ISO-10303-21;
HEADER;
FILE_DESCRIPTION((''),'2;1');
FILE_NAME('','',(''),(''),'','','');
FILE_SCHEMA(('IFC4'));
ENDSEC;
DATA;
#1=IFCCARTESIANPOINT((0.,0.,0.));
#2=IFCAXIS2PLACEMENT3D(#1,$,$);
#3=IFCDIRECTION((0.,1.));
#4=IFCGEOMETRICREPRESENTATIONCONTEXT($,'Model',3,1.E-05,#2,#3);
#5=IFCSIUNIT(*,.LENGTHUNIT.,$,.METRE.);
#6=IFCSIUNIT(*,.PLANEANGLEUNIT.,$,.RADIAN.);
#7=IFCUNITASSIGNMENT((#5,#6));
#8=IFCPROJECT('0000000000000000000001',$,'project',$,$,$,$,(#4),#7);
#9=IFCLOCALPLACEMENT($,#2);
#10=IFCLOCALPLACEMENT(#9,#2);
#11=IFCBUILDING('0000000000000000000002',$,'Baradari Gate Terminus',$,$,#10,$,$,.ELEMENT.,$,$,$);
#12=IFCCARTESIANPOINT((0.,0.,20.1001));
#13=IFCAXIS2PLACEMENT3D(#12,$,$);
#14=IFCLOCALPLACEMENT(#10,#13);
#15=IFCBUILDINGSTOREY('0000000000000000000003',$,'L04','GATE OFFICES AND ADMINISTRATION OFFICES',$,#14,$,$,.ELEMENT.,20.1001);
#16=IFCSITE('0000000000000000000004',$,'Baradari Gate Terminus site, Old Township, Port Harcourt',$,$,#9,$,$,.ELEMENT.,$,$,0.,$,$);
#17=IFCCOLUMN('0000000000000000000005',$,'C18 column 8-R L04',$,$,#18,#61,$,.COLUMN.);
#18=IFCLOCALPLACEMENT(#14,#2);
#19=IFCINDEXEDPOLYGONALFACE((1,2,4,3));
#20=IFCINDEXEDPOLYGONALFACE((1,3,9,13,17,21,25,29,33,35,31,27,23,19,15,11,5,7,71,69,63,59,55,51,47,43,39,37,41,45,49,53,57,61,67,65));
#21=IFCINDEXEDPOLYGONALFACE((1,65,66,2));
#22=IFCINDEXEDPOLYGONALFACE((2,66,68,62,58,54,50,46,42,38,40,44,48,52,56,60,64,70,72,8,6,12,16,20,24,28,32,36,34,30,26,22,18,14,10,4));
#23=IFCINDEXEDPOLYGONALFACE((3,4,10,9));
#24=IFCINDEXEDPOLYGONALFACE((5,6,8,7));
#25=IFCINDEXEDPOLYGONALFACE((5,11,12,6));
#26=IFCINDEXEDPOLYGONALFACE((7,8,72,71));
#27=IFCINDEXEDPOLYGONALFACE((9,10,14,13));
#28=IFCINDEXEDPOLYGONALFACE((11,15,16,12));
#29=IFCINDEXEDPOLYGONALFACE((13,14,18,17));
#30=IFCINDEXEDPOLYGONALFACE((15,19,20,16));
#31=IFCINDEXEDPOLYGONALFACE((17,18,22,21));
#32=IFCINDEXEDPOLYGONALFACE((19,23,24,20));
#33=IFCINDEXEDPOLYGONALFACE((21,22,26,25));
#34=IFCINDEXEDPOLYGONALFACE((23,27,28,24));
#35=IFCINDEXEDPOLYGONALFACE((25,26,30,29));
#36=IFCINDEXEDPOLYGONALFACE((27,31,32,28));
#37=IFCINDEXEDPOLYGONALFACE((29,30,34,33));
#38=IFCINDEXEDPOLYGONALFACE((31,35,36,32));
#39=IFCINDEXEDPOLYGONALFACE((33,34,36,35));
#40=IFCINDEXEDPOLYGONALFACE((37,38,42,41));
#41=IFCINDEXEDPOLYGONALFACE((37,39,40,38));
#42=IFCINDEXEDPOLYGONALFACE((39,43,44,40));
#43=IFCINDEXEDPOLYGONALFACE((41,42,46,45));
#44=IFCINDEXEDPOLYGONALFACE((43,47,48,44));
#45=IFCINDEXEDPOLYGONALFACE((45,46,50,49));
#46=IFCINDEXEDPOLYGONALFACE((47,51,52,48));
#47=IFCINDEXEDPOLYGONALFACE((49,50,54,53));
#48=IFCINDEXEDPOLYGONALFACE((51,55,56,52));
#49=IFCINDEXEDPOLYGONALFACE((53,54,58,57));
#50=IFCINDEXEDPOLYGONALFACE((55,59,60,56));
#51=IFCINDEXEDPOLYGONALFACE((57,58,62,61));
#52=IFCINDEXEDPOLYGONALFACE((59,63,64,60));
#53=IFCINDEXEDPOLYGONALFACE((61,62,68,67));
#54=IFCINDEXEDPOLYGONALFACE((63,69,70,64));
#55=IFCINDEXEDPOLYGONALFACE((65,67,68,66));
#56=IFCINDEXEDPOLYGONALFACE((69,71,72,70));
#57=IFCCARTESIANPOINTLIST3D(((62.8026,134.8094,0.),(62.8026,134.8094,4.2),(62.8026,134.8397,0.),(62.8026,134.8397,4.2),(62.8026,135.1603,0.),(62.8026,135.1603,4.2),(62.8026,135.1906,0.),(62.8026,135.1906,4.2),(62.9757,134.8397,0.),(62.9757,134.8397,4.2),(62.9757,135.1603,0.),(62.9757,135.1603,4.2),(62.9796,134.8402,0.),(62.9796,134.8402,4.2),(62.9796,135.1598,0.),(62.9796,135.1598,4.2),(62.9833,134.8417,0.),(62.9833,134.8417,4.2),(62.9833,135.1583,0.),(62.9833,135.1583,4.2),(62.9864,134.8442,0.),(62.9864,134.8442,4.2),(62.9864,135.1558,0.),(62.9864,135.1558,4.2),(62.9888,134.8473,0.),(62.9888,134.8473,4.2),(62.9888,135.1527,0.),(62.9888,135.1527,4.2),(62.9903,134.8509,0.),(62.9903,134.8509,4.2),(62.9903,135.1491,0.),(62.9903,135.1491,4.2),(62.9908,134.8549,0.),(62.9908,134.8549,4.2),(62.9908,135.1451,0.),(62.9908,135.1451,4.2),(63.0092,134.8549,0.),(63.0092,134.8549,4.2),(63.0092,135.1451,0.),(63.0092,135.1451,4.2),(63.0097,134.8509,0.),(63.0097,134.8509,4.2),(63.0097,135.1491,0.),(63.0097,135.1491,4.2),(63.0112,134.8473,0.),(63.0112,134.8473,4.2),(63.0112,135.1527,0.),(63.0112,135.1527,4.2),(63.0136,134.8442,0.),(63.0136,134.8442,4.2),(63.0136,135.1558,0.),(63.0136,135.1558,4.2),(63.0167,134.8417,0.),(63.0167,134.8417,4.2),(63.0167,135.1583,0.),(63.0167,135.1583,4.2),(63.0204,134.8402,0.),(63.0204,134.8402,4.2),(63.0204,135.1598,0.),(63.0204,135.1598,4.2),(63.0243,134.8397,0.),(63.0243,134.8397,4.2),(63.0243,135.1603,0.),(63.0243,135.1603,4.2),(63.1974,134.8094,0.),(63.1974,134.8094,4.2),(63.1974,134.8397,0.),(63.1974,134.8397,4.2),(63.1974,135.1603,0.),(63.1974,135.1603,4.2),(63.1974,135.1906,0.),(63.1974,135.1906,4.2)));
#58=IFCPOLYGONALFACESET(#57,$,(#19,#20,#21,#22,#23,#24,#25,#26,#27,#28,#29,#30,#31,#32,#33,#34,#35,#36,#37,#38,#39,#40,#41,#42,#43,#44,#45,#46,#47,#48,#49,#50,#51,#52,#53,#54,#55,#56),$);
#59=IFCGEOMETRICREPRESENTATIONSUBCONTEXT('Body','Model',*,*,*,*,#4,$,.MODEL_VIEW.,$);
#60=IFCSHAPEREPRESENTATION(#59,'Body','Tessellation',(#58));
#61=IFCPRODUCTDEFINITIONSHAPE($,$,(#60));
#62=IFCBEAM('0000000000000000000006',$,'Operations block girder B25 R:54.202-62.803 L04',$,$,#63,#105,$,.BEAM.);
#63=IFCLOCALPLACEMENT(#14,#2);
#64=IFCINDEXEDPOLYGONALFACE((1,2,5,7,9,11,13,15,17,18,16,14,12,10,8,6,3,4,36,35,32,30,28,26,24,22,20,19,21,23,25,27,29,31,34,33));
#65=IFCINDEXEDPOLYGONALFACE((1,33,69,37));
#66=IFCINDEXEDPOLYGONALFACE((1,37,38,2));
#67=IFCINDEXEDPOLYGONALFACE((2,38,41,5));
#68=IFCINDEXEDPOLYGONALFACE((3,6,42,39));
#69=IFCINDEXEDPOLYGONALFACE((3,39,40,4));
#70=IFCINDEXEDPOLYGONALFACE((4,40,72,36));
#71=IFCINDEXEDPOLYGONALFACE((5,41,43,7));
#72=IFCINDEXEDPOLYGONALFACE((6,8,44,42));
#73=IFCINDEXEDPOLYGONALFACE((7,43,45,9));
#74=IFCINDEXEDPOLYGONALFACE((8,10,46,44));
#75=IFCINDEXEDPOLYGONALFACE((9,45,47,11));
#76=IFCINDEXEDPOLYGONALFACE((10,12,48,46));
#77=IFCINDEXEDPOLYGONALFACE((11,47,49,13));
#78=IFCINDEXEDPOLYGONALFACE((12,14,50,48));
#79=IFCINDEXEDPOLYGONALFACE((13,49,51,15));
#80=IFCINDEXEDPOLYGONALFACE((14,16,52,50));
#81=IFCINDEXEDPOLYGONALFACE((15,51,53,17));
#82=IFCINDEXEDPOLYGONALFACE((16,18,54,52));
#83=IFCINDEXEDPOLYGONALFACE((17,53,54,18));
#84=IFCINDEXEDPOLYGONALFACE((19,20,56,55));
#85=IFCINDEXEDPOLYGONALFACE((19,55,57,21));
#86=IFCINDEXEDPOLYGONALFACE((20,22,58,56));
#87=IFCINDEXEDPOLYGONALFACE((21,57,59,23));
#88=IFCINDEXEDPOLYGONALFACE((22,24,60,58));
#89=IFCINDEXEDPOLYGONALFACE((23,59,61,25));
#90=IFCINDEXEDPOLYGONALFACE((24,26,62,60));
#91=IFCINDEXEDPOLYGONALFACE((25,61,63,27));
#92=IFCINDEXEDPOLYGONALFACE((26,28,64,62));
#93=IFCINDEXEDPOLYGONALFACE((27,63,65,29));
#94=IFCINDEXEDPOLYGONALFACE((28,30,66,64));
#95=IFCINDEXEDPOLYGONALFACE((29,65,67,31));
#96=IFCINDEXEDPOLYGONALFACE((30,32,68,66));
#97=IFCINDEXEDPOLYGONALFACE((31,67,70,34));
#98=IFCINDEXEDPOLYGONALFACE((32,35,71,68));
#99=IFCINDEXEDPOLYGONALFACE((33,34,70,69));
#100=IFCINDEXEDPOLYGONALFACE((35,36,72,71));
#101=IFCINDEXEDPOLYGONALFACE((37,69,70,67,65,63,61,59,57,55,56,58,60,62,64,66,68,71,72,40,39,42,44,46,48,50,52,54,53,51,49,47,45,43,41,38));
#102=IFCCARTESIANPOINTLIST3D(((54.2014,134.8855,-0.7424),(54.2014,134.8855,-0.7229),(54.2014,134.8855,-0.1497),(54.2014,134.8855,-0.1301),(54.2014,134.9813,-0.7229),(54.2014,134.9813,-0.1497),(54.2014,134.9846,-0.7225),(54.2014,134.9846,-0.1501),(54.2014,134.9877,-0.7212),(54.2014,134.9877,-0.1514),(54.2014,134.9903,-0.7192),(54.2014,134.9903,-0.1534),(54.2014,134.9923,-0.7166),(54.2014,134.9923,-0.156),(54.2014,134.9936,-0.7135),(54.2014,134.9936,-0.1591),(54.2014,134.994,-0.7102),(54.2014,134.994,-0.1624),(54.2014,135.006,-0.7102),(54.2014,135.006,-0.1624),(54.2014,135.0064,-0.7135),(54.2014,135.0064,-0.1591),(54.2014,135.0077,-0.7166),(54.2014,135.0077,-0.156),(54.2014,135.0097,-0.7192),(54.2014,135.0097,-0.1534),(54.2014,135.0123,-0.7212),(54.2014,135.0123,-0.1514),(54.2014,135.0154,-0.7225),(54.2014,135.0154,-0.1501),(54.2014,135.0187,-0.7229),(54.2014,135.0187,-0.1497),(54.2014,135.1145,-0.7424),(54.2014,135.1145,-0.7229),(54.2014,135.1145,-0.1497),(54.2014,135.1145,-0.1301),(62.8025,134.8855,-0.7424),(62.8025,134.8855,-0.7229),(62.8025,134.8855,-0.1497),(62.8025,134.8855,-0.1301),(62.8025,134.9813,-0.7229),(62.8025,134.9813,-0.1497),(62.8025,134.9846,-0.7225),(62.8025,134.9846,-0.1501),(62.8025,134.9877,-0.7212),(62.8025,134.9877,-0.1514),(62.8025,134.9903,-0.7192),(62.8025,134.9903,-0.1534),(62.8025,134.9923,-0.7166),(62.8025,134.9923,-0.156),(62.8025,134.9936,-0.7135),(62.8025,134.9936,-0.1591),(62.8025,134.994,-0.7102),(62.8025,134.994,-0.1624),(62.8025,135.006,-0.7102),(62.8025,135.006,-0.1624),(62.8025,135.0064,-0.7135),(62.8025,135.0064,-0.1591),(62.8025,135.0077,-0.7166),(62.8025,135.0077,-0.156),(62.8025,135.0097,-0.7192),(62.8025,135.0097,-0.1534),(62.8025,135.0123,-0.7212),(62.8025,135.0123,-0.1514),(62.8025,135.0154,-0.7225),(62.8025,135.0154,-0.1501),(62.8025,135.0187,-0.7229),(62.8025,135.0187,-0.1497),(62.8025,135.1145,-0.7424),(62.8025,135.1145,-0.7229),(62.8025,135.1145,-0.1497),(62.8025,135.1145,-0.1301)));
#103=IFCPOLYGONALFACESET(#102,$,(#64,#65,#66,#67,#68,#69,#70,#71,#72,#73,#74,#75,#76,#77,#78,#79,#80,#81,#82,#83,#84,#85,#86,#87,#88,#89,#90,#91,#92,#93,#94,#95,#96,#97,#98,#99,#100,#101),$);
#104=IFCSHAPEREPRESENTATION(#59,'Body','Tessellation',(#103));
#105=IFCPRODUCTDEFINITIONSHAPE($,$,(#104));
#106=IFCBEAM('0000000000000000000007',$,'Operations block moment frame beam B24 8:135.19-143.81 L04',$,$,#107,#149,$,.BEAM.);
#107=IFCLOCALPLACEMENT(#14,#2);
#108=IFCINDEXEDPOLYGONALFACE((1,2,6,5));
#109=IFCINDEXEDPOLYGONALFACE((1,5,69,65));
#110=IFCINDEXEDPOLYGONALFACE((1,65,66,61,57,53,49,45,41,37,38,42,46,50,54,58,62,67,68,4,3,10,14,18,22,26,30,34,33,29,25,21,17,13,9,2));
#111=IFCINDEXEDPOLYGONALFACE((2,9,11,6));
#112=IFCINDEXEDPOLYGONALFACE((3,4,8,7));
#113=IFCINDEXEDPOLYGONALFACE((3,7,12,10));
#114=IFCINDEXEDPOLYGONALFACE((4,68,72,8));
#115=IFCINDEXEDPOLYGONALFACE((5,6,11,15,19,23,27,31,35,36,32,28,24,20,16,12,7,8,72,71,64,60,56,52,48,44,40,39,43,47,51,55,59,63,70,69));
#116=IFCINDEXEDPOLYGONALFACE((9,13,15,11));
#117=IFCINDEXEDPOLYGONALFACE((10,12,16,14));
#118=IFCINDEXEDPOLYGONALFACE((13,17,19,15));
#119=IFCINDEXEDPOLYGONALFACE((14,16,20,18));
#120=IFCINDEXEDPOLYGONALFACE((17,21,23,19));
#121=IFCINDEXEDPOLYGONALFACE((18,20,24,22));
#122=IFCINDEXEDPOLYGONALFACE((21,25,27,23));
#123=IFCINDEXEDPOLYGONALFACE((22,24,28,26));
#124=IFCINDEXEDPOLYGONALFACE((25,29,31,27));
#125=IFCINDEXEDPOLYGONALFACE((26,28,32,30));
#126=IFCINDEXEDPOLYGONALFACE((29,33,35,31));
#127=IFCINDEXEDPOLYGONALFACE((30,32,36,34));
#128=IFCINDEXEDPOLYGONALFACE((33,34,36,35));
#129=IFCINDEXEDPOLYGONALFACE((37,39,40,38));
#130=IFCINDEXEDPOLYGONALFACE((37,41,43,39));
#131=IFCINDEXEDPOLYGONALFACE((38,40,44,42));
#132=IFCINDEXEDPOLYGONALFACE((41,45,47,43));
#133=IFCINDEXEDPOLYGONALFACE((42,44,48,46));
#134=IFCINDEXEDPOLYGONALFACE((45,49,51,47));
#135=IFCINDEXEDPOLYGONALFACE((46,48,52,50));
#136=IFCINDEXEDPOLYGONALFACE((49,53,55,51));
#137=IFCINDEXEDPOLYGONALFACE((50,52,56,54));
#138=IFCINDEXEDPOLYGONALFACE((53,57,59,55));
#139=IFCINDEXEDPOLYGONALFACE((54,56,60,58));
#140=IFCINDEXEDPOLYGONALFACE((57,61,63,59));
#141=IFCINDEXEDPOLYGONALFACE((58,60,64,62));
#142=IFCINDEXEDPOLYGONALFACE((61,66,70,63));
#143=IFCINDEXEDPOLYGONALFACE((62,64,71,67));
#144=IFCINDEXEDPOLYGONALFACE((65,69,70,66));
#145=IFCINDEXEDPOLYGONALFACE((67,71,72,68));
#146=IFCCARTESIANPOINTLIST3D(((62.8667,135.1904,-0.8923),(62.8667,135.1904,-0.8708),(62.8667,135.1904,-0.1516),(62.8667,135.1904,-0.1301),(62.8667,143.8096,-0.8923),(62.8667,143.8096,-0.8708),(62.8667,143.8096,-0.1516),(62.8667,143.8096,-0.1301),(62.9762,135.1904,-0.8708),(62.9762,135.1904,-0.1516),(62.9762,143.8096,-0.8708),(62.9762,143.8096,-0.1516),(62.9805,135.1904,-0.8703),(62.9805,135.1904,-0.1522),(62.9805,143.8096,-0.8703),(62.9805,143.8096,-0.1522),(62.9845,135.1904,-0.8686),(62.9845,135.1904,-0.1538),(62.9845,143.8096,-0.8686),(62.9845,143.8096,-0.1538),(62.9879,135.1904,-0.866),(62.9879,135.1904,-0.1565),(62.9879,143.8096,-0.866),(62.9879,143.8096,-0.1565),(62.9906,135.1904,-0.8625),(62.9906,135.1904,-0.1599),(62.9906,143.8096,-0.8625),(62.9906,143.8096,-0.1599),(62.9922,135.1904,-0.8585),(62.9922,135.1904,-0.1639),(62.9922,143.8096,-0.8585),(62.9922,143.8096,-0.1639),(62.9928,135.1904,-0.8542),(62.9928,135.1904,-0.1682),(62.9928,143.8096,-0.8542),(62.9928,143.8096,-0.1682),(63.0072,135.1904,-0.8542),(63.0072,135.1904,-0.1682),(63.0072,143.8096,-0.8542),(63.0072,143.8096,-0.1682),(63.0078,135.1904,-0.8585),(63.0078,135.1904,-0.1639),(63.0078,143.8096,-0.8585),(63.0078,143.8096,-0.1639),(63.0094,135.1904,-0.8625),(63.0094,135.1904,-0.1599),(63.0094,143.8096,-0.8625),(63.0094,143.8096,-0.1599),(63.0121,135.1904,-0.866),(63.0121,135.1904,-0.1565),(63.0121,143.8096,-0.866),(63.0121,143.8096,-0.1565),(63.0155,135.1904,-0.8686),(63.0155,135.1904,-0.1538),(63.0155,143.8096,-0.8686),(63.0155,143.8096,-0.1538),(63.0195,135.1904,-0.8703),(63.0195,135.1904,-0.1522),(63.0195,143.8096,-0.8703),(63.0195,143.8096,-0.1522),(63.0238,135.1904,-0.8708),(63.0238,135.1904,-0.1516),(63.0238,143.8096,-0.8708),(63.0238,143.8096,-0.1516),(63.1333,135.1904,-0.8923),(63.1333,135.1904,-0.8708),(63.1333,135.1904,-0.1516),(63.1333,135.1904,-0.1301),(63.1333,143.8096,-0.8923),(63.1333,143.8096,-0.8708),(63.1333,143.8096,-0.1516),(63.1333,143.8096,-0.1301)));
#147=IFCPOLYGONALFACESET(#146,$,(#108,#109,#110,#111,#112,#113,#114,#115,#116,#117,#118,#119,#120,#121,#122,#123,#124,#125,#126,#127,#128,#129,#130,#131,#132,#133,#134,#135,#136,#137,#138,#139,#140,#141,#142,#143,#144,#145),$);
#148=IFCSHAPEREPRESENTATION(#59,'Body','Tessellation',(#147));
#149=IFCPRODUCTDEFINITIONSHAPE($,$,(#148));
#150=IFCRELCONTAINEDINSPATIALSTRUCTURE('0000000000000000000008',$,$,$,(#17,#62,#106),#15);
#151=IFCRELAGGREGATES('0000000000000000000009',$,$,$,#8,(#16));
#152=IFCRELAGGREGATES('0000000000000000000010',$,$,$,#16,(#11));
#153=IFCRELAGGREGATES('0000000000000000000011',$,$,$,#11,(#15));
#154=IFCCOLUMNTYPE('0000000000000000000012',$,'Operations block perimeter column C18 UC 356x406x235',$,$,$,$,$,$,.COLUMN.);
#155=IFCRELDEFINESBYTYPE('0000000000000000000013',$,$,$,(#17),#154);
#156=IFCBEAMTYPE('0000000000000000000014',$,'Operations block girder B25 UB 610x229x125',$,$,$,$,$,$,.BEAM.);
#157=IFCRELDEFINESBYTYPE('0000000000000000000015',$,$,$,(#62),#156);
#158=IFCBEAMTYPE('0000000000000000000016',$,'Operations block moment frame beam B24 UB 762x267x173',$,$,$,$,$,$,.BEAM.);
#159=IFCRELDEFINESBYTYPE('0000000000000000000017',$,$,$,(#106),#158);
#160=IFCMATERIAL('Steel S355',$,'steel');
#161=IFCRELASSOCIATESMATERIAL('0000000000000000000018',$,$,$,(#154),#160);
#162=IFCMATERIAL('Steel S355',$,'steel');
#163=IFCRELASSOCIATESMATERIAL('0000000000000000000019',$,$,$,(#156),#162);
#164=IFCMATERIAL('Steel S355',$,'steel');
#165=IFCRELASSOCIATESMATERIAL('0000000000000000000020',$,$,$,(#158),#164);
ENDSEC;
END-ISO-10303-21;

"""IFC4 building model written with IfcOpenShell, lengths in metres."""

from ifc_helpers import new_model, si_unit, direction, frame, origin, origin_2d, place, context, subcontext, project, spatial, i_section, extrude, material, material_profile, profile_set, type_object, element, save


model = new_model("IFC4")

# Units and contexts
model_context = context("Model", 3, precision=1e-05, world=origin(), true_north=direction((0.0, 1.0)))
body_context = subcontext(model_context, "Body", "Model", "MODEL_VIEW")
ifc_project = project(units=[si_unit("LENGTHUNIT", "METRE"), si_unit("PLANEANGLEUNIT", "RADIAN")], contexts=[model_context])

# Site, building, storey
site_placement = place(None, origin())
site = spatial("IfcSite", under=ifc_project, at=site_placement, Name="Baradari Gate Terminus site, Old Township, Port Harcourt", CompositionType="ELEMENT", RefElevation=0.0)
building_placement = place(site_placement, origin())
building = spatial("IfcBuilding", under=site, at=building_placement, Name="Baradari Gate Terminus", CompositionType="ELEMENT")
storey_placement = place(building_placement, frame((0.0, 0.0, 20.1001)))
storey = spatial("IfcBuildingStorey", under=building, at=storey_placement, Name="L04", Description="GATE OFFICES AND ADMINISTRATION OFFICES", CompositionType="ELEMENT", Elevation=20.1001)

# Column
ifc_material_1 = material(Name="Steel S355", Category="steel")
ifc_material_profile_1 = material_profile(ifc_material_1, i_section(OverallWidth=0.3948, OverallDepth=0.3811, WebThickness=0.0183, FlangeThickness=0.0303, FilletRadius=0.0151, at=origin_2d()), Name="UC 356x406x235")
ifc_profile_set_1 = profile_set([ifc_material_profile_1], Name="Steel S355")
column_type = type_object("IfcColumnType", Name="Operations block perimeter column C18 UC 356x406x235", PredefinedType="COLUMN", material=ifc_profile_set_1)
column_placement = place(storey_placement, frame((63.0, 135.0, 0.0), z_axis=(0.0, 0.0, 1.0), x_axis=(1.0, 0.0, 0.0)))
element("IfcColumn", 1, at=column_placement, inside=storey, type_object=column_type, Name="C18 column 8-R L04", PredefinedType="COLUMN", context=body_context, shape_type="SweptSolid", body=[
    extrude(i_section(OverallWidth=0.3948, OverallDepth=0.3811, WebThickness=0.0183, FlangeThickness=0.0303, FilletRadius=0.0151, at=origin_2d()), origin(), (0.0, 0.0, 1.0), 4.2),
])

# Beams
ifc_material_2 = material(Name="Steel S355", Category="steel")
ifc_material_profile_2 = material_profile(ifc_material_2, i_section(OverallWidth=0.229, OverallDepth=0.6123, WebThickness=0.012, FlangeThickness=0.0195, FilletRadius=0.0127, at=origin_2d()), Name="UB 610x229x125")
ifc_profile_set_2 = profile_set([ifc_material_profile_2], Name="Steel S355")
beam_type_1 = type_object("IfcBeamType", Name="Operations block girder B25 UB 610x229x125", PredefinedType="BEAM", material=ifc_profile_set_2)
beam_1_placement = place(storey_placement, frame((54.2014, 135.0, -0.4363), z_axis=(1.0, 0.0, 0.0), x_axis=(0.0, 1.0, 0.0)))
element("IfcBeam", 2, at=beam_1_placement, inside=storey, type_object=beam_type_1, Name="Operations block girder B25 R:54.202-62.803 L04", PredefinedType="BEAM", context=body_context, shape_type="SweptSolid", body=[
    extrude(i_section(OverallWidth=0.229, OverallDepth=0.6123, WebThickness=0.012, FlangeThickness=0.0195, FilletRadius=0.0127, at=origin_2d()), origin(), (0.0, 0.0, 1.0), 8.6011),
])
ifc_material_3 = material(Name="Steel S355", Category="steel")
ifc_material_profile_3 = material_profile(ifc_material_3, i_section(OverallWidth=0.2666, OverallDepth=0.7622, WebThickness=0.0144, FlangeThickness=0.0215, FilletRadius=0.0166, at=origin_2d()), Name="UB 762x267x173")
ifc_profile_set_3 = profile_set([ifc_material_profile_3], Name="Steel S355")
beam_type_2 = type_object("IfcBeamType", Name="Operations block moment frame beam B24 UB 762x267x173", PredefinedType="BEAM", material=ifc_profile_set_3)
beam_2_placement = place(storey_placement, frame((63.0, 135.1904, -0.5112), z_axis=(0.0, 1.0, 0.0), x_axis=(-1.0, 0.0, 0.0)))
element("IfcBeam", 3, at=beam_2_placement, inside=storey, type_object=beam_type_2, Name="Operations block moment frame beam B24 8:135.19-143.81 L04", PredefinedType="BEAM", context=body_context, shape_type="SweptSolid", body=[
    extrude(i_section(OverallWidth=0.2666, OverallDepth=0.7622, WebThickness=0.0144, FlangeThickness=0.0215, FilletRadius=0.0166, at=origin_2d()), origin(), (0.0, 0.0, 1.0), 8.6191),
])

save(model, "model.ifc")
